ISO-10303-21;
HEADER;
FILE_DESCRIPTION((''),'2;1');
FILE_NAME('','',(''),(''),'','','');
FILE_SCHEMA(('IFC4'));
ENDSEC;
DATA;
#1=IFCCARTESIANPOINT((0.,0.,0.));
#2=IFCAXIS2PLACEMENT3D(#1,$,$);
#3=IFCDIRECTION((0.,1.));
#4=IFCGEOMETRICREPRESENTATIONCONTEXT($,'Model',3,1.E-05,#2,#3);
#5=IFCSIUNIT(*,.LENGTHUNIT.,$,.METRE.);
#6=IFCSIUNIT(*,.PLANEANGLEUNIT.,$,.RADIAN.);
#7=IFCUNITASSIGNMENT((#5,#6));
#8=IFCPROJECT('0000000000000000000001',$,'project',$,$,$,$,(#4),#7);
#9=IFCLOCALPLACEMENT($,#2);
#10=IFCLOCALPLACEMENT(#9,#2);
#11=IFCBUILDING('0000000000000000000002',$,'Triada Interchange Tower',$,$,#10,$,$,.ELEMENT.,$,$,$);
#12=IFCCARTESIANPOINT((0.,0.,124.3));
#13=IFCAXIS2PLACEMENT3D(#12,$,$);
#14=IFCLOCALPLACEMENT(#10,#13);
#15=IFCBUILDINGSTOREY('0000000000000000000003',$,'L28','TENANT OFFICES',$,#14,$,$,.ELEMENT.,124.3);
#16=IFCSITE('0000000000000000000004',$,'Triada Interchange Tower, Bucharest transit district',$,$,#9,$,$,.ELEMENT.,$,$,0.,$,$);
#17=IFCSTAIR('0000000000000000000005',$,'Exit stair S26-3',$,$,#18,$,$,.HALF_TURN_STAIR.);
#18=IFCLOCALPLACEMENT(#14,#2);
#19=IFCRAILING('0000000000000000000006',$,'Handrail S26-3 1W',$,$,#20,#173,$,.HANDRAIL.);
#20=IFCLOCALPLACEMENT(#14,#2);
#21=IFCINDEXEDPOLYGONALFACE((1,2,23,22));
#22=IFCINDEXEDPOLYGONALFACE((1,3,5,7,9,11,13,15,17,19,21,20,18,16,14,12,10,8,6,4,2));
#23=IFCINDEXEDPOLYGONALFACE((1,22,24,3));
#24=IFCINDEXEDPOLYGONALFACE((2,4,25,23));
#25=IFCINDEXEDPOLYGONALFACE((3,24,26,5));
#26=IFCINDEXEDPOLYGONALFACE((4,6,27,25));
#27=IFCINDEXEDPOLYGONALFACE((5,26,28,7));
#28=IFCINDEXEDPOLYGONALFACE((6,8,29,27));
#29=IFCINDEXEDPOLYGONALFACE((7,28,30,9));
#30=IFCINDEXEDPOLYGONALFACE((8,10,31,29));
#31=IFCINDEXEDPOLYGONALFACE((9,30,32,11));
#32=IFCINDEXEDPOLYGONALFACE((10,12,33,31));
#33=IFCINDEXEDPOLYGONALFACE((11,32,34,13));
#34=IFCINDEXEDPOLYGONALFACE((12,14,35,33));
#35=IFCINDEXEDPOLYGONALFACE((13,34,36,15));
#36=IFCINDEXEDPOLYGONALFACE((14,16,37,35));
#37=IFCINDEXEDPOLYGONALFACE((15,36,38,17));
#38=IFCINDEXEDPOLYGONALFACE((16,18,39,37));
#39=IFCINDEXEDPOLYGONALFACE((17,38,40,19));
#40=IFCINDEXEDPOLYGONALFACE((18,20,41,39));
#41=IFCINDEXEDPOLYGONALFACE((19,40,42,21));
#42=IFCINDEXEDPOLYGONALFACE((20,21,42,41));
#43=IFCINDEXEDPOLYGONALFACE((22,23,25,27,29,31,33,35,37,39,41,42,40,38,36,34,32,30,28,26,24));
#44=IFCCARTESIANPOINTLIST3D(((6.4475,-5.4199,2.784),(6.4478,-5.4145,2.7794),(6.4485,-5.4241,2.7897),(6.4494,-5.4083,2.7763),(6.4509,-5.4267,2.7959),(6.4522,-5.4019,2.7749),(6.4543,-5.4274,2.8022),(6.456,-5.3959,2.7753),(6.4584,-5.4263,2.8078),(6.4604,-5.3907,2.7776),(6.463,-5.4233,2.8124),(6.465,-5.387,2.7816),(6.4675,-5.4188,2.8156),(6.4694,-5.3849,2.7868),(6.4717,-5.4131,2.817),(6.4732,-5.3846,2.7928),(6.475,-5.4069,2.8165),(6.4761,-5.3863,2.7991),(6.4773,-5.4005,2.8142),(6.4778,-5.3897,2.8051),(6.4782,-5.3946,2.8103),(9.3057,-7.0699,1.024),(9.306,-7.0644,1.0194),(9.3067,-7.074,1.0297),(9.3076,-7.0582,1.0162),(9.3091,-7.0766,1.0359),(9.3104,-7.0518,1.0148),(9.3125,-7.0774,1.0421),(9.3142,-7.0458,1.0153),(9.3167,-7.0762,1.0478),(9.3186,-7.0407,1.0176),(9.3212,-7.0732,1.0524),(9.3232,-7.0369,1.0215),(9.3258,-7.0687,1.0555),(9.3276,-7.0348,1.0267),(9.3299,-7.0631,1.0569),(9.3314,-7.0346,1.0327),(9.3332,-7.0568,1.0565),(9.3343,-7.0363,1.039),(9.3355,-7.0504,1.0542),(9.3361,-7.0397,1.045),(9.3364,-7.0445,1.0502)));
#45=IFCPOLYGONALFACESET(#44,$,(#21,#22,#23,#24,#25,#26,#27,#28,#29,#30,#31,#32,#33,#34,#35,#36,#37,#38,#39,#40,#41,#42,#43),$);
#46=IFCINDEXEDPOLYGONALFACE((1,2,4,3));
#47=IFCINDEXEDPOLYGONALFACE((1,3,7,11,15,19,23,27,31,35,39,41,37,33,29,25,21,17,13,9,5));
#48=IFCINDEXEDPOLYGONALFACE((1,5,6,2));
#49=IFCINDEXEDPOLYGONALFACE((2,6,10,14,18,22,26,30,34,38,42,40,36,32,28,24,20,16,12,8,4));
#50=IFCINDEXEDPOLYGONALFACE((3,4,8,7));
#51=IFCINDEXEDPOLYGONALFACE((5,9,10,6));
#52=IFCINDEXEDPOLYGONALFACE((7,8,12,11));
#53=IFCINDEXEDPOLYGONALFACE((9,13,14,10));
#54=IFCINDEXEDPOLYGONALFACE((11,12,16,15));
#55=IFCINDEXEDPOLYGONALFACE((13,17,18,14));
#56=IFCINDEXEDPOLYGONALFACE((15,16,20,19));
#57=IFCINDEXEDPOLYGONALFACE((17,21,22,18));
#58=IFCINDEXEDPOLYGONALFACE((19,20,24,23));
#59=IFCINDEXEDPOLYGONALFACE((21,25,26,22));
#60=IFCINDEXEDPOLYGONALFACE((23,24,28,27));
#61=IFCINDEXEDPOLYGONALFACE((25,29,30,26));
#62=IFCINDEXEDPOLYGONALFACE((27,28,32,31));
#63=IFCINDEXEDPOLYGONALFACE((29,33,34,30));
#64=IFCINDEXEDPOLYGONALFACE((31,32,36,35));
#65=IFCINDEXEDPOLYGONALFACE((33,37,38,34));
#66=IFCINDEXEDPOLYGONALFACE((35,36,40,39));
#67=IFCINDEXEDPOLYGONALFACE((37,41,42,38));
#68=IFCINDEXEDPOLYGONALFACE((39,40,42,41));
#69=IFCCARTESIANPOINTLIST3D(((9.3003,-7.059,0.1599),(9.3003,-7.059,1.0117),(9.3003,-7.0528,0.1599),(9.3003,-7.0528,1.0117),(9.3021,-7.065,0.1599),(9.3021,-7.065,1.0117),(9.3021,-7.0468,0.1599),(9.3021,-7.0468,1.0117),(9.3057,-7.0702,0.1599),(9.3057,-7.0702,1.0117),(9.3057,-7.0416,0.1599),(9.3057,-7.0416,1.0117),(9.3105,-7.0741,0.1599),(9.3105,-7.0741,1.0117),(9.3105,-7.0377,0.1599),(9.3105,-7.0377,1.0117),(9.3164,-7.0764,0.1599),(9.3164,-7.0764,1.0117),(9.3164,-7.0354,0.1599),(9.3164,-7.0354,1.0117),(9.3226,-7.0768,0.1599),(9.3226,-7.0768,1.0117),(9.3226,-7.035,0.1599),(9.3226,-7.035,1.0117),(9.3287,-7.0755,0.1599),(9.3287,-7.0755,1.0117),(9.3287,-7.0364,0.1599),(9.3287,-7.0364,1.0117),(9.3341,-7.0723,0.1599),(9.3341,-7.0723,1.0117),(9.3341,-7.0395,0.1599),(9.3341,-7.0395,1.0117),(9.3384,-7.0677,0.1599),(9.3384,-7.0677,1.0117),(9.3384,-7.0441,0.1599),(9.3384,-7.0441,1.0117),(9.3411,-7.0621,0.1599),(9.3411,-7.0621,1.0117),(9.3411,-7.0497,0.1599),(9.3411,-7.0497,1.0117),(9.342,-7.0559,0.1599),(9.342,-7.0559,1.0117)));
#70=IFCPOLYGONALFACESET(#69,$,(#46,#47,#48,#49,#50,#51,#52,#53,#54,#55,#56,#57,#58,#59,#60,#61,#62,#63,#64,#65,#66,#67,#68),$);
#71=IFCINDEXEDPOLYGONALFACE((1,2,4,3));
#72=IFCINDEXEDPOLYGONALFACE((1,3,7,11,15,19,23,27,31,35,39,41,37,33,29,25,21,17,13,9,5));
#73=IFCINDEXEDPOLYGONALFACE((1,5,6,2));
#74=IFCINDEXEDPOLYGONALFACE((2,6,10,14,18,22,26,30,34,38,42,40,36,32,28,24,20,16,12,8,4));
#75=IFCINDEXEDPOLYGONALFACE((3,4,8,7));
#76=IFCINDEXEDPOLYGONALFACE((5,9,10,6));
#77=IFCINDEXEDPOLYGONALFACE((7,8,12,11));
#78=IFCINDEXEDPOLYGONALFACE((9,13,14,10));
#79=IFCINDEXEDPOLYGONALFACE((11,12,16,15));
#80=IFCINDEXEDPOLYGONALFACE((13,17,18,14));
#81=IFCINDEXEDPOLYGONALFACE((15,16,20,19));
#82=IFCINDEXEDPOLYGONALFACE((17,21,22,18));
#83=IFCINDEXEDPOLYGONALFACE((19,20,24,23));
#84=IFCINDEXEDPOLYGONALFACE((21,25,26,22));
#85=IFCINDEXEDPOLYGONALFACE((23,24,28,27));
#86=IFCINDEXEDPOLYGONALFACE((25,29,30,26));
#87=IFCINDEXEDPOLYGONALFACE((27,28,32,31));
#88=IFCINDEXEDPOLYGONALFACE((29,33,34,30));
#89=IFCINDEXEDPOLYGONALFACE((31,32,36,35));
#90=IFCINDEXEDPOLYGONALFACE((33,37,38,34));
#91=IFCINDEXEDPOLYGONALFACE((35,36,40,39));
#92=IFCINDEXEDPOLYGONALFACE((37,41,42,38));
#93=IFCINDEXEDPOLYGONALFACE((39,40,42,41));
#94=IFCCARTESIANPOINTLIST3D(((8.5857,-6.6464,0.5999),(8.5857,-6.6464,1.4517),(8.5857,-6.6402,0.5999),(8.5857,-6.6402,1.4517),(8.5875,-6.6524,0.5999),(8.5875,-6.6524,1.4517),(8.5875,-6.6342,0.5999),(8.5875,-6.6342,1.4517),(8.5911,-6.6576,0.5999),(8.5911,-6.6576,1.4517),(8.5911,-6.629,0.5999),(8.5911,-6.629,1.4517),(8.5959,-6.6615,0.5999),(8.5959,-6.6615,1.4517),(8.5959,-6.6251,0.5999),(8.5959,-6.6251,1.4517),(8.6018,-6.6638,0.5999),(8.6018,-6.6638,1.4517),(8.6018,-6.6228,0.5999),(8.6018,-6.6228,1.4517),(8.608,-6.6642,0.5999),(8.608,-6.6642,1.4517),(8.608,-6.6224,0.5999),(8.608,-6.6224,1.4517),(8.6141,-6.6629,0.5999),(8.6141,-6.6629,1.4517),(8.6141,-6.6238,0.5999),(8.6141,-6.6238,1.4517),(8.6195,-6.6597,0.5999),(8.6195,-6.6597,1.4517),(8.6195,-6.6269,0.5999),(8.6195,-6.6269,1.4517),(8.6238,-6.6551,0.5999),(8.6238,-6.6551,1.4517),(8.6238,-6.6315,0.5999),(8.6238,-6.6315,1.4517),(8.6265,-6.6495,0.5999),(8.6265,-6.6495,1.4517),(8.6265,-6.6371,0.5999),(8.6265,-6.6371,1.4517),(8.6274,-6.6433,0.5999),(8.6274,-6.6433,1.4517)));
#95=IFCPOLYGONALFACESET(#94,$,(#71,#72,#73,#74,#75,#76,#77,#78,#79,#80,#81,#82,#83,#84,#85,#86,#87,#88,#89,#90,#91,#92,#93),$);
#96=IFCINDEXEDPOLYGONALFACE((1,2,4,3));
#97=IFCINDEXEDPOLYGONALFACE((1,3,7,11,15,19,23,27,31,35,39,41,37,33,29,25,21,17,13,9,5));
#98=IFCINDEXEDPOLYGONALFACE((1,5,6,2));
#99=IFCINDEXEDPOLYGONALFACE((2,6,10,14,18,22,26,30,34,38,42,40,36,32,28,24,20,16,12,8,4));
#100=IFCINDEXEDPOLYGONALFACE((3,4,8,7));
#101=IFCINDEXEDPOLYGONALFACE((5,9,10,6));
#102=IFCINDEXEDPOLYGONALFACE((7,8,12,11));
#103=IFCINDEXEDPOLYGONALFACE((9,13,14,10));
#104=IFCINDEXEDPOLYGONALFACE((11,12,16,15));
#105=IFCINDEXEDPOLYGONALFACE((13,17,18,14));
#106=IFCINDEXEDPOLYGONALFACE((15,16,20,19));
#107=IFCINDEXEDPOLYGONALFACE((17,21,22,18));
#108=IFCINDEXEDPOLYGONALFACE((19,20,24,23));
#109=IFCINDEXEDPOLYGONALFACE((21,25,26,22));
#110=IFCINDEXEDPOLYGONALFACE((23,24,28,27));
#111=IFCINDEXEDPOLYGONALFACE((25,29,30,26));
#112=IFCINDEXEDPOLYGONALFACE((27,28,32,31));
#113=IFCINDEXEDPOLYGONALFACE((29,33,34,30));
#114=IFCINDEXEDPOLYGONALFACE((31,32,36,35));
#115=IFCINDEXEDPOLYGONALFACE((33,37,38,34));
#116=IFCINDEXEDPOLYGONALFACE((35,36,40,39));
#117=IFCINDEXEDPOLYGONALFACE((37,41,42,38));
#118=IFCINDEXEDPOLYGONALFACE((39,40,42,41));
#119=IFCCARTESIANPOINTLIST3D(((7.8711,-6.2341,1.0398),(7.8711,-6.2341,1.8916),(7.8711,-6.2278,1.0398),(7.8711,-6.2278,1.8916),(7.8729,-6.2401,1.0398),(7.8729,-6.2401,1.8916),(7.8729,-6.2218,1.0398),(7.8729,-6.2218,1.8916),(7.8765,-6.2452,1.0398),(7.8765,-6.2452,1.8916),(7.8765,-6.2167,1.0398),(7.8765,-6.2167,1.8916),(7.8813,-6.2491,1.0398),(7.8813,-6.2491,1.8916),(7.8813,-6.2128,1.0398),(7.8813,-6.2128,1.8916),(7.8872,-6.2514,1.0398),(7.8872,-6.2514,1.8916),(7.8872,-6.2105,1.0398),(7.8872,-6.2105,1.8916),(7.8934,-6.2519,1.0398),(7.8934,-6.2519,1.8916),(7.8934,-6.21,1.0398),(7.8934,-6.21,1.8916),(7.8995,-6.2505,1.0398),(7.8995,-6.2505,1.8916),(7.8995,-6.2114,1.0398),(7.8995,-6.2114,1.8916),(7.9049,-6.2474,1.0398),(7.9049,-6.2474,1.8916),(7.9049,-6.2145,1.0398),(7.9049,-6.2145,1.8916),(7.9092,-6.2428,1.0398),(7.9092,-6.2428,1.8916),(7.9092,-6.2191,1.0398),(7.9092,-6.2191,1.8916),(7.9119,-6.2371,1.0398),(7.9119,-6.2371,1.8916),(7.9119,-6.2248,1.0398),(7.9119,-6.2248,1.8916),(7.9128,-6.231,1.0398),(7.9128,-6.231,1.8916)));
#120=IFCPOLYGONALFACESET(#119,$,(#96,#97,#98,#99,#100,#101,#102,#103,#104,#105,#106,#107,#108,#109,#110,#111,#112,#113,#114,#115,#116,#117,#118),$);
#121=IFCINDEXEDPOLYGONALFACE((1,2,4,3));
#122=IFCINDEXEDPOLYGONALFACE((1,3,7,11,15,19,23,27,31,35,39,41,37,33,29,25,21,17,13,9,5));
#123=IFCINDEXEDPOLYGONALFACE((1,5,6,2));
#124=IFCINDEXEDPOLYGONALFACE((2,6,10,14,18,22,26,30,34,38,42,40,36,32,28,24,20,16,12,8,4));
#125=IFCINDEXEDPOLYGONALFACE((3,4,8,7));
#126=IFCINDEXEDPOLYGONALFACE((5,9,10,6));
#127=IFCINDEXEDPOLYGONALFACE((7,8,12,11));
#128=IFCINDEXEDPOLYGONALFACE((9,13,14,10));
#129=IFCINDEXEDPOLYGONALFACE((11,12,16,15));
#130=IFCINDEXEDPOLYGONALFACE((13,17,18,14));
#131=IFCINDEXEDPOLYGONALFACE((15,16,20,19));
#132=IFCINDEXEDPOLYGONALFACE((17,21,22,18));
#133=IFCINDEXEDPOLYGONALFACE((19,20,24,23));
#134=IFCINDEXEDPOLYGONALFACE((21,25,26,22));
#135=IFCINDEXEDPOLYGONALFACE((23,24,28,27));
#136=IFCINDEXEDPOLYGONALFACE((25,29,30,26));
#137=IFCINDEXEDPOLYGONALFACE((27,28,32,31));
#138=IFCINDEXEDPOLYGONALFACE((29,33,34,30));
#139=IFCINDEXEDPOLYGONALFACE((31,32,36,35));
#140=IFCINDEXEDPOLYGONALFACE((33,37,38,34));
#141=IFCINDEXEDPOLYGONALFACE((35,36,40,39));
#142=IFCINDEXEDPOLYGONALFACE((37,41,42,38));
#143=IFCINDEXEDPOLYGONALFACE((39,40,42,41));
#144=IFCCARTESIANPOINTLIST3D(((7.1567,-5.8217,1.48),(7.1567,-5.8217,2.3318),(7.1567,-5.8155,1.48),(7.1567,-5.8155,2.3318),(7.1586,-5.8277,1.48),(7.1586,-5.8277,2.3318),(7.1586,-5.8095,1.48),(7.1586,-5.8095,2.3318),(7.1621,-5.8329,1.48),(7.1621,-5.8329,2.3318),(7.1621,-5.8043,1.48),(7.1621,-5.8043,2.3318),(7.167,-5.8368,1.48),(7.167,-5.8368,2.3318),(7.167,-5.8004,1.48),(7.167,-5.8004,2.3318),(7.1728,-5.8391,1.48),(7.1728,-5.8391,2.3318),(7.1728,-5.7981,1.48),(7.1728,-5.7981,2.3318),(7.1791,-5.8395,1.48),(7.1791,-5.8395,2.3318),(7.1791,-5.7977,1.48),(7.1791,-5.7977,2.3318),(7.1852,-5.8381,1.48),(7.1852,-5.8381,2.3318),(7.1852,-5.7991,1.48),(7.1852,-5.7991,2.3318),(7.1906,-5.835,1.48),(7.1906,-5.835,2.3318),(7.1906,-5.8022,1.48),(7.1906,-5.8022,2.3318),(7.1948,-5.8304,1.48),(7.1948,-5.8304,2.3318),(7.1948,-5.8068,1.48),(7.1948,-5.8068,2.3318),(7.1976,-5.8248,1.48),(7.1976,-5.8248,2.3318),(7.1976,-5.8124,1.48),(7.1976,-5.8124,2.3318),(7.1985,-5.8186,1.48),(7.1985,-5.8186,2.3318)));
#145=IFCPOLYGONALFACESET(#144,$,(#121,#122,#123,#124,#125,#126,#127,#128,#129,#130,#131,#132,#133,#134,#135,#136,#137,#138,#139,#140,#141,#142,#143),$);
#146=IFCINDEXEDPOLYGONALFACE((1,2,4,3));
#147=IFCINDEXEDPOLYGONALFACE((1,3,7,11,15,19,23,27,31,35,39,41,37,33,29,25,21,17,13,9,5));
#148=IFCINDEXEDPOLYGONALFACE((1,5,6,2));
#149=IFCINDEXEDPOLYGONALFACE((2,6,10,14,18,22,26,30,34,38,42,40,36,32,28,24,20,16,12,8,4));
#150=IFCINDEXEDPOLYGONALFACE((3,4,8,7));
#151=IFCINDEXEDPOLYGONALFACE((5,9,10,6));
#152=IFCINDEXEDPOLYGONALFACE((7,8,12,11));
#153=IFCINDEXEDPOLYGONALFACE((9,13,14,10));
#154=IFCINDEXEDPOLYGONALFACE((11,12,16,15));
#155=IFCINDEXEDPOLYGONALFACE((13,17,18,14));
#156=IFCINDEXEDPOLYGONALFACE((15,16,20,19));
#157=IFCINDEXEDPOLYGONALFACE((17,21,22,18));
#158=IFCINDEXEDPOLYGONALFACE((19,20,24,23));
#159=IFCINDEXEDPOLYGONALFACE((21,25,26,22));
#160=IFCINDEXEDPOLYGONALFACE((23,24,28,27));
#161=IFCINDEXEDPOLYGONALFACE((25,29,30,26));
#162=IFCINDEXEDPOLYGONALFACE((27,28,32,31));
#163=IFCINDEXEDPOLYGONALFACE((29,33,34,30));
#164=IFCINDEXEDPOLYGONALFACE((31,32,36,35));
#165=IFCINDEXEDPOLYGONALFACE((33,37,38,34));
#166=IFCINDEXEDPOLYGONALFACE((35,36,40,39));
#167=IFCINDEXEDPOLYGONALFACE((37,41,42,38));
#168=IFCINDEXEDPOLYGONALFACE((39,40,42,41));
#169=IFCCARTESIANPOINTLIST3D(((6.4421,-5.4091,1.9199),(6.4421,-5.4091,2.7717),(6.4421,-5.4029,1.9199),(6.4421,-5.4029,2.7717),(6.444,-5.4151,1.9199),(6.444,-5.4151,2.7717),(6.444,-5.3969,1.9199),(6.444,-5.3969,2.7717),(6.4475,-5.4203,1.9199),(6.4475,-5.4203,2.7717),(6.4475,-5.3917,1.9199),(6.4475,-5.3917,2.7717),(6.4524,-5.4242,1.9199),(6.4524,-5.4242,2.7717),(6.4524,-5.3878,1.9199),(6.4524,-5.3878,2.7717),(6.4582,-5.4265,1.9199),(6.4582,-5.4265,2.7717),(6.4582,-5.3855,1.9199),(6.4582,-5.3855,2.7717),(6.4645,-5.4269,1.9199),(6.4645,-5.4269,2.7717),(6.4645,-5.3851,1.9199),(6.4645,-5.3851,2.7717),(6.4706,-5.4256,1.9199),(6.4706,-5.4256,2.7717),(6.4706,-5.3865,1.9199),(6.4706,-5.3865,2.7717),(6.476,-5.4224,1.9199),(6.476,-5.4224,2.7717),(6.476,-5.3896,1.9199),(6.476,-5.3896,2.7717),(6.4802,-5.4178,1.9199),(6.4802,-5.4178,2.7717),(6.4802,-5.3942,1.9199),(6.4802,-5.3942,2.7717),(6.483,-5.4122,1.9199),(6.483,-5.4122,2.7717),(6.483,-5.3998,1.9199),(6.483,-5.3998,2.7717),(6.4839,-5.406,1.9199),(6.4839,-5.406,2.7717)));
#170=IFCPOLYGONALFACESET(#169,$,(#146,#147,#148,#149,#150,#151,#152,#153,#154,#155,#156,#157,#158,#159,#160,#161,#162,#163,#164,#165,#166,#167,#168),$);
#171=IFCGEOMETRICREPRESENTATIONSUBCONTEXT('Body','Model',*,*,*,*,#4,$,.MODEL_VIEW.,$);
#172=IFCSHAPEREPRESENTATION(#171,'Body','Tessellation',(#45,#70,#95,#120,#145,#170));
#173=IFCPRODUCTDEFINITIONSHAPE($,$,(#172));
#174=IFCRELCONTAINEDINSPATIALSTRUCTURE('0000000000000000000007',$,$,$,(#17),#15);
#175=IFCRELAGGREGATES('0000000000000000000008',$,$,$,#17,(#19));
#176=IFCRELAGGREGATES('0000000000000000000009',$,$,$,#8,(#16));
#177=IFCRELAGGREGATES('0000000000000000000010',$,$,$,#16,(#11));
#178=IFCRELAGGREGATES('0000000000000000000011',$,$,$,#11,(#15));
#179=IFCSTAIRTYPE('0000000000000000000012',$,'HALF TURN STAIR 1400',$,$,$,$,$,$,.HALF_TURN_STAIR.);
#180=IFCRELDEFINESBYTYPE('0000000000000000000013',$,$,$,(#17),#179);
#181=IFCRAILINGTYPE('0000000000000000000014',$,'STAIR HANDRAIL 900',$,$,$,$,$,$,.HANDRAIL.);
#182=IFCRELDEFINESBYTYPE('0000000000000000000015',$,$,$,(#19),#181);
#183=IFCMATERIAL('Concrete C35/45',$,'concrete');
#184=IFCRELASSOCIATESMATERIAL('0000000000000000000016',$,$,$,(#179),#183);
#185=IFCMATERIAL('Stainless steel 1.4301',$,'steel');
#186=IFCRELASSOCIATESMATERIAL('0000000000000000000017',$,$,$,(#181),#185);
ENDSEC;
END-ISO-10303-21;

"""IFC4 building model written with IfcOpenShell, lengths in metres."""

from ifc_helpers import new_model, si_unit, direction, frame, origin, origin_2d, place, context, subcontext, project, spatial, circle, extrude, material, type_object, element, aggregate, save


model = new_model("IFC4")

# Units and contexts
model_context = context("Model", 3, precision=1e-05, world=origin(), true_north=direction((0.0, 1.0)))
body_context = subcontext(model_context, "Body", "Model", "MODEL_VIEW")
ifc_project = project(units=[si_unit("LENGTHUNIT", "METRE"), si_unit("PLANEANGLEUNIT", "RADIAN")], contexts=[model_context])

# Site, building, storey
site_placement = place(None, origin())
site = spatial("IfcSite", under=ifc_project, at=site_placement, Name="Triada Interchange Tower, Bucharest transit district", CompositionType="ELEMENT", RefElevation=0.0)
building_placement = place(site_placement, origin())
building = spatial("IfcBuilding", under=site, at=building_placement, Name="Triada Interchange Tower", CompositionType="ELEMENT")
storey_placement = place(building_placement, frame((0.0, 0.0, 124.3)))
storey = spatial("IfcBuildingStorey", under=building, at=storey_placement, Name="L28", Description="TENANT OFFICES", CompositionType="ELEMENT", Elevation=124.3)

# Stair, railing
ifc_material_1 = material(Name="Concrete C35/45", Category="concrete")
stair_type = type_object("IfcStairType", Name="HALF TURN STAIR 1400", PredefinedType="HALF_TURN_STAIR", material=ifc_material_1)
stair_placement = place(storey_placement, origin())
stair = element("IfcStair", 1, at=stair_placement, inside=storey, type_object=stair_type, Name="Exit stair S26-3", PredefinedType="HALF_TURN_STAIR")
ifc_material_2 = material(Name="Stainless steel 1.4301", Category="steel")
railing_type = type_object("IfcRailingType", Name="STAIR HANDRAIL 900", PredefinedType="HANDRAIL", material=ifc_material_2)
railing_1_placement = place(storey_placement, frame((9.321, -7.0559, 0.1599)))
railing_1 = element("IfcRailing", 2, at=railing_1_placement, type_object=railing_type, Name="Handrail S26-3 1W", PredefinedType="HANDRAIL", context=body_context, shape_type="SweptSolid", body=[
    extrude(circle(Radius=0.0239, at=origin_2d()), frame((0.0, 0.0, 0.876), z_axis=(-0.764178, 0.441131, 0.47057), x_axis=(-0.499942, -0.866059, 0.0)), (0.0, 0.0, 1.0), 3.7402),
    extrude(circle(Radius=0.021, at=origin_2d()), origin(), (0.0, 0.0, 1.0), 0.8518),
    extrude(circle(Radius=0.021, at=origin_2d()), frame((-0.7146, 0.4126, 0.4399)), (0.0, 0.0, 1.0), 0.8518),
    extrude(circle(Radius=0.021, at=origin_2d()), frame((-1.4292, 0.825, 0.8799)), (0.0, 0.0, 1.0), 0.8518),
    extrude(circle(Radius=0.021, at=origin_2d()), frame((-2.1436, 1.2373, 1.3201)), (0.0, 0.0, 1.0), 0.8518),
    extrude(circle(Radius=0.021, at=origin_2d()), frame((-2.8582, 1.6499, 1.76)), (0.0, 0.0, 1.0), 0.8518),
])
aggregate(stair, [railing_1])

save(model, "model.ifc")
